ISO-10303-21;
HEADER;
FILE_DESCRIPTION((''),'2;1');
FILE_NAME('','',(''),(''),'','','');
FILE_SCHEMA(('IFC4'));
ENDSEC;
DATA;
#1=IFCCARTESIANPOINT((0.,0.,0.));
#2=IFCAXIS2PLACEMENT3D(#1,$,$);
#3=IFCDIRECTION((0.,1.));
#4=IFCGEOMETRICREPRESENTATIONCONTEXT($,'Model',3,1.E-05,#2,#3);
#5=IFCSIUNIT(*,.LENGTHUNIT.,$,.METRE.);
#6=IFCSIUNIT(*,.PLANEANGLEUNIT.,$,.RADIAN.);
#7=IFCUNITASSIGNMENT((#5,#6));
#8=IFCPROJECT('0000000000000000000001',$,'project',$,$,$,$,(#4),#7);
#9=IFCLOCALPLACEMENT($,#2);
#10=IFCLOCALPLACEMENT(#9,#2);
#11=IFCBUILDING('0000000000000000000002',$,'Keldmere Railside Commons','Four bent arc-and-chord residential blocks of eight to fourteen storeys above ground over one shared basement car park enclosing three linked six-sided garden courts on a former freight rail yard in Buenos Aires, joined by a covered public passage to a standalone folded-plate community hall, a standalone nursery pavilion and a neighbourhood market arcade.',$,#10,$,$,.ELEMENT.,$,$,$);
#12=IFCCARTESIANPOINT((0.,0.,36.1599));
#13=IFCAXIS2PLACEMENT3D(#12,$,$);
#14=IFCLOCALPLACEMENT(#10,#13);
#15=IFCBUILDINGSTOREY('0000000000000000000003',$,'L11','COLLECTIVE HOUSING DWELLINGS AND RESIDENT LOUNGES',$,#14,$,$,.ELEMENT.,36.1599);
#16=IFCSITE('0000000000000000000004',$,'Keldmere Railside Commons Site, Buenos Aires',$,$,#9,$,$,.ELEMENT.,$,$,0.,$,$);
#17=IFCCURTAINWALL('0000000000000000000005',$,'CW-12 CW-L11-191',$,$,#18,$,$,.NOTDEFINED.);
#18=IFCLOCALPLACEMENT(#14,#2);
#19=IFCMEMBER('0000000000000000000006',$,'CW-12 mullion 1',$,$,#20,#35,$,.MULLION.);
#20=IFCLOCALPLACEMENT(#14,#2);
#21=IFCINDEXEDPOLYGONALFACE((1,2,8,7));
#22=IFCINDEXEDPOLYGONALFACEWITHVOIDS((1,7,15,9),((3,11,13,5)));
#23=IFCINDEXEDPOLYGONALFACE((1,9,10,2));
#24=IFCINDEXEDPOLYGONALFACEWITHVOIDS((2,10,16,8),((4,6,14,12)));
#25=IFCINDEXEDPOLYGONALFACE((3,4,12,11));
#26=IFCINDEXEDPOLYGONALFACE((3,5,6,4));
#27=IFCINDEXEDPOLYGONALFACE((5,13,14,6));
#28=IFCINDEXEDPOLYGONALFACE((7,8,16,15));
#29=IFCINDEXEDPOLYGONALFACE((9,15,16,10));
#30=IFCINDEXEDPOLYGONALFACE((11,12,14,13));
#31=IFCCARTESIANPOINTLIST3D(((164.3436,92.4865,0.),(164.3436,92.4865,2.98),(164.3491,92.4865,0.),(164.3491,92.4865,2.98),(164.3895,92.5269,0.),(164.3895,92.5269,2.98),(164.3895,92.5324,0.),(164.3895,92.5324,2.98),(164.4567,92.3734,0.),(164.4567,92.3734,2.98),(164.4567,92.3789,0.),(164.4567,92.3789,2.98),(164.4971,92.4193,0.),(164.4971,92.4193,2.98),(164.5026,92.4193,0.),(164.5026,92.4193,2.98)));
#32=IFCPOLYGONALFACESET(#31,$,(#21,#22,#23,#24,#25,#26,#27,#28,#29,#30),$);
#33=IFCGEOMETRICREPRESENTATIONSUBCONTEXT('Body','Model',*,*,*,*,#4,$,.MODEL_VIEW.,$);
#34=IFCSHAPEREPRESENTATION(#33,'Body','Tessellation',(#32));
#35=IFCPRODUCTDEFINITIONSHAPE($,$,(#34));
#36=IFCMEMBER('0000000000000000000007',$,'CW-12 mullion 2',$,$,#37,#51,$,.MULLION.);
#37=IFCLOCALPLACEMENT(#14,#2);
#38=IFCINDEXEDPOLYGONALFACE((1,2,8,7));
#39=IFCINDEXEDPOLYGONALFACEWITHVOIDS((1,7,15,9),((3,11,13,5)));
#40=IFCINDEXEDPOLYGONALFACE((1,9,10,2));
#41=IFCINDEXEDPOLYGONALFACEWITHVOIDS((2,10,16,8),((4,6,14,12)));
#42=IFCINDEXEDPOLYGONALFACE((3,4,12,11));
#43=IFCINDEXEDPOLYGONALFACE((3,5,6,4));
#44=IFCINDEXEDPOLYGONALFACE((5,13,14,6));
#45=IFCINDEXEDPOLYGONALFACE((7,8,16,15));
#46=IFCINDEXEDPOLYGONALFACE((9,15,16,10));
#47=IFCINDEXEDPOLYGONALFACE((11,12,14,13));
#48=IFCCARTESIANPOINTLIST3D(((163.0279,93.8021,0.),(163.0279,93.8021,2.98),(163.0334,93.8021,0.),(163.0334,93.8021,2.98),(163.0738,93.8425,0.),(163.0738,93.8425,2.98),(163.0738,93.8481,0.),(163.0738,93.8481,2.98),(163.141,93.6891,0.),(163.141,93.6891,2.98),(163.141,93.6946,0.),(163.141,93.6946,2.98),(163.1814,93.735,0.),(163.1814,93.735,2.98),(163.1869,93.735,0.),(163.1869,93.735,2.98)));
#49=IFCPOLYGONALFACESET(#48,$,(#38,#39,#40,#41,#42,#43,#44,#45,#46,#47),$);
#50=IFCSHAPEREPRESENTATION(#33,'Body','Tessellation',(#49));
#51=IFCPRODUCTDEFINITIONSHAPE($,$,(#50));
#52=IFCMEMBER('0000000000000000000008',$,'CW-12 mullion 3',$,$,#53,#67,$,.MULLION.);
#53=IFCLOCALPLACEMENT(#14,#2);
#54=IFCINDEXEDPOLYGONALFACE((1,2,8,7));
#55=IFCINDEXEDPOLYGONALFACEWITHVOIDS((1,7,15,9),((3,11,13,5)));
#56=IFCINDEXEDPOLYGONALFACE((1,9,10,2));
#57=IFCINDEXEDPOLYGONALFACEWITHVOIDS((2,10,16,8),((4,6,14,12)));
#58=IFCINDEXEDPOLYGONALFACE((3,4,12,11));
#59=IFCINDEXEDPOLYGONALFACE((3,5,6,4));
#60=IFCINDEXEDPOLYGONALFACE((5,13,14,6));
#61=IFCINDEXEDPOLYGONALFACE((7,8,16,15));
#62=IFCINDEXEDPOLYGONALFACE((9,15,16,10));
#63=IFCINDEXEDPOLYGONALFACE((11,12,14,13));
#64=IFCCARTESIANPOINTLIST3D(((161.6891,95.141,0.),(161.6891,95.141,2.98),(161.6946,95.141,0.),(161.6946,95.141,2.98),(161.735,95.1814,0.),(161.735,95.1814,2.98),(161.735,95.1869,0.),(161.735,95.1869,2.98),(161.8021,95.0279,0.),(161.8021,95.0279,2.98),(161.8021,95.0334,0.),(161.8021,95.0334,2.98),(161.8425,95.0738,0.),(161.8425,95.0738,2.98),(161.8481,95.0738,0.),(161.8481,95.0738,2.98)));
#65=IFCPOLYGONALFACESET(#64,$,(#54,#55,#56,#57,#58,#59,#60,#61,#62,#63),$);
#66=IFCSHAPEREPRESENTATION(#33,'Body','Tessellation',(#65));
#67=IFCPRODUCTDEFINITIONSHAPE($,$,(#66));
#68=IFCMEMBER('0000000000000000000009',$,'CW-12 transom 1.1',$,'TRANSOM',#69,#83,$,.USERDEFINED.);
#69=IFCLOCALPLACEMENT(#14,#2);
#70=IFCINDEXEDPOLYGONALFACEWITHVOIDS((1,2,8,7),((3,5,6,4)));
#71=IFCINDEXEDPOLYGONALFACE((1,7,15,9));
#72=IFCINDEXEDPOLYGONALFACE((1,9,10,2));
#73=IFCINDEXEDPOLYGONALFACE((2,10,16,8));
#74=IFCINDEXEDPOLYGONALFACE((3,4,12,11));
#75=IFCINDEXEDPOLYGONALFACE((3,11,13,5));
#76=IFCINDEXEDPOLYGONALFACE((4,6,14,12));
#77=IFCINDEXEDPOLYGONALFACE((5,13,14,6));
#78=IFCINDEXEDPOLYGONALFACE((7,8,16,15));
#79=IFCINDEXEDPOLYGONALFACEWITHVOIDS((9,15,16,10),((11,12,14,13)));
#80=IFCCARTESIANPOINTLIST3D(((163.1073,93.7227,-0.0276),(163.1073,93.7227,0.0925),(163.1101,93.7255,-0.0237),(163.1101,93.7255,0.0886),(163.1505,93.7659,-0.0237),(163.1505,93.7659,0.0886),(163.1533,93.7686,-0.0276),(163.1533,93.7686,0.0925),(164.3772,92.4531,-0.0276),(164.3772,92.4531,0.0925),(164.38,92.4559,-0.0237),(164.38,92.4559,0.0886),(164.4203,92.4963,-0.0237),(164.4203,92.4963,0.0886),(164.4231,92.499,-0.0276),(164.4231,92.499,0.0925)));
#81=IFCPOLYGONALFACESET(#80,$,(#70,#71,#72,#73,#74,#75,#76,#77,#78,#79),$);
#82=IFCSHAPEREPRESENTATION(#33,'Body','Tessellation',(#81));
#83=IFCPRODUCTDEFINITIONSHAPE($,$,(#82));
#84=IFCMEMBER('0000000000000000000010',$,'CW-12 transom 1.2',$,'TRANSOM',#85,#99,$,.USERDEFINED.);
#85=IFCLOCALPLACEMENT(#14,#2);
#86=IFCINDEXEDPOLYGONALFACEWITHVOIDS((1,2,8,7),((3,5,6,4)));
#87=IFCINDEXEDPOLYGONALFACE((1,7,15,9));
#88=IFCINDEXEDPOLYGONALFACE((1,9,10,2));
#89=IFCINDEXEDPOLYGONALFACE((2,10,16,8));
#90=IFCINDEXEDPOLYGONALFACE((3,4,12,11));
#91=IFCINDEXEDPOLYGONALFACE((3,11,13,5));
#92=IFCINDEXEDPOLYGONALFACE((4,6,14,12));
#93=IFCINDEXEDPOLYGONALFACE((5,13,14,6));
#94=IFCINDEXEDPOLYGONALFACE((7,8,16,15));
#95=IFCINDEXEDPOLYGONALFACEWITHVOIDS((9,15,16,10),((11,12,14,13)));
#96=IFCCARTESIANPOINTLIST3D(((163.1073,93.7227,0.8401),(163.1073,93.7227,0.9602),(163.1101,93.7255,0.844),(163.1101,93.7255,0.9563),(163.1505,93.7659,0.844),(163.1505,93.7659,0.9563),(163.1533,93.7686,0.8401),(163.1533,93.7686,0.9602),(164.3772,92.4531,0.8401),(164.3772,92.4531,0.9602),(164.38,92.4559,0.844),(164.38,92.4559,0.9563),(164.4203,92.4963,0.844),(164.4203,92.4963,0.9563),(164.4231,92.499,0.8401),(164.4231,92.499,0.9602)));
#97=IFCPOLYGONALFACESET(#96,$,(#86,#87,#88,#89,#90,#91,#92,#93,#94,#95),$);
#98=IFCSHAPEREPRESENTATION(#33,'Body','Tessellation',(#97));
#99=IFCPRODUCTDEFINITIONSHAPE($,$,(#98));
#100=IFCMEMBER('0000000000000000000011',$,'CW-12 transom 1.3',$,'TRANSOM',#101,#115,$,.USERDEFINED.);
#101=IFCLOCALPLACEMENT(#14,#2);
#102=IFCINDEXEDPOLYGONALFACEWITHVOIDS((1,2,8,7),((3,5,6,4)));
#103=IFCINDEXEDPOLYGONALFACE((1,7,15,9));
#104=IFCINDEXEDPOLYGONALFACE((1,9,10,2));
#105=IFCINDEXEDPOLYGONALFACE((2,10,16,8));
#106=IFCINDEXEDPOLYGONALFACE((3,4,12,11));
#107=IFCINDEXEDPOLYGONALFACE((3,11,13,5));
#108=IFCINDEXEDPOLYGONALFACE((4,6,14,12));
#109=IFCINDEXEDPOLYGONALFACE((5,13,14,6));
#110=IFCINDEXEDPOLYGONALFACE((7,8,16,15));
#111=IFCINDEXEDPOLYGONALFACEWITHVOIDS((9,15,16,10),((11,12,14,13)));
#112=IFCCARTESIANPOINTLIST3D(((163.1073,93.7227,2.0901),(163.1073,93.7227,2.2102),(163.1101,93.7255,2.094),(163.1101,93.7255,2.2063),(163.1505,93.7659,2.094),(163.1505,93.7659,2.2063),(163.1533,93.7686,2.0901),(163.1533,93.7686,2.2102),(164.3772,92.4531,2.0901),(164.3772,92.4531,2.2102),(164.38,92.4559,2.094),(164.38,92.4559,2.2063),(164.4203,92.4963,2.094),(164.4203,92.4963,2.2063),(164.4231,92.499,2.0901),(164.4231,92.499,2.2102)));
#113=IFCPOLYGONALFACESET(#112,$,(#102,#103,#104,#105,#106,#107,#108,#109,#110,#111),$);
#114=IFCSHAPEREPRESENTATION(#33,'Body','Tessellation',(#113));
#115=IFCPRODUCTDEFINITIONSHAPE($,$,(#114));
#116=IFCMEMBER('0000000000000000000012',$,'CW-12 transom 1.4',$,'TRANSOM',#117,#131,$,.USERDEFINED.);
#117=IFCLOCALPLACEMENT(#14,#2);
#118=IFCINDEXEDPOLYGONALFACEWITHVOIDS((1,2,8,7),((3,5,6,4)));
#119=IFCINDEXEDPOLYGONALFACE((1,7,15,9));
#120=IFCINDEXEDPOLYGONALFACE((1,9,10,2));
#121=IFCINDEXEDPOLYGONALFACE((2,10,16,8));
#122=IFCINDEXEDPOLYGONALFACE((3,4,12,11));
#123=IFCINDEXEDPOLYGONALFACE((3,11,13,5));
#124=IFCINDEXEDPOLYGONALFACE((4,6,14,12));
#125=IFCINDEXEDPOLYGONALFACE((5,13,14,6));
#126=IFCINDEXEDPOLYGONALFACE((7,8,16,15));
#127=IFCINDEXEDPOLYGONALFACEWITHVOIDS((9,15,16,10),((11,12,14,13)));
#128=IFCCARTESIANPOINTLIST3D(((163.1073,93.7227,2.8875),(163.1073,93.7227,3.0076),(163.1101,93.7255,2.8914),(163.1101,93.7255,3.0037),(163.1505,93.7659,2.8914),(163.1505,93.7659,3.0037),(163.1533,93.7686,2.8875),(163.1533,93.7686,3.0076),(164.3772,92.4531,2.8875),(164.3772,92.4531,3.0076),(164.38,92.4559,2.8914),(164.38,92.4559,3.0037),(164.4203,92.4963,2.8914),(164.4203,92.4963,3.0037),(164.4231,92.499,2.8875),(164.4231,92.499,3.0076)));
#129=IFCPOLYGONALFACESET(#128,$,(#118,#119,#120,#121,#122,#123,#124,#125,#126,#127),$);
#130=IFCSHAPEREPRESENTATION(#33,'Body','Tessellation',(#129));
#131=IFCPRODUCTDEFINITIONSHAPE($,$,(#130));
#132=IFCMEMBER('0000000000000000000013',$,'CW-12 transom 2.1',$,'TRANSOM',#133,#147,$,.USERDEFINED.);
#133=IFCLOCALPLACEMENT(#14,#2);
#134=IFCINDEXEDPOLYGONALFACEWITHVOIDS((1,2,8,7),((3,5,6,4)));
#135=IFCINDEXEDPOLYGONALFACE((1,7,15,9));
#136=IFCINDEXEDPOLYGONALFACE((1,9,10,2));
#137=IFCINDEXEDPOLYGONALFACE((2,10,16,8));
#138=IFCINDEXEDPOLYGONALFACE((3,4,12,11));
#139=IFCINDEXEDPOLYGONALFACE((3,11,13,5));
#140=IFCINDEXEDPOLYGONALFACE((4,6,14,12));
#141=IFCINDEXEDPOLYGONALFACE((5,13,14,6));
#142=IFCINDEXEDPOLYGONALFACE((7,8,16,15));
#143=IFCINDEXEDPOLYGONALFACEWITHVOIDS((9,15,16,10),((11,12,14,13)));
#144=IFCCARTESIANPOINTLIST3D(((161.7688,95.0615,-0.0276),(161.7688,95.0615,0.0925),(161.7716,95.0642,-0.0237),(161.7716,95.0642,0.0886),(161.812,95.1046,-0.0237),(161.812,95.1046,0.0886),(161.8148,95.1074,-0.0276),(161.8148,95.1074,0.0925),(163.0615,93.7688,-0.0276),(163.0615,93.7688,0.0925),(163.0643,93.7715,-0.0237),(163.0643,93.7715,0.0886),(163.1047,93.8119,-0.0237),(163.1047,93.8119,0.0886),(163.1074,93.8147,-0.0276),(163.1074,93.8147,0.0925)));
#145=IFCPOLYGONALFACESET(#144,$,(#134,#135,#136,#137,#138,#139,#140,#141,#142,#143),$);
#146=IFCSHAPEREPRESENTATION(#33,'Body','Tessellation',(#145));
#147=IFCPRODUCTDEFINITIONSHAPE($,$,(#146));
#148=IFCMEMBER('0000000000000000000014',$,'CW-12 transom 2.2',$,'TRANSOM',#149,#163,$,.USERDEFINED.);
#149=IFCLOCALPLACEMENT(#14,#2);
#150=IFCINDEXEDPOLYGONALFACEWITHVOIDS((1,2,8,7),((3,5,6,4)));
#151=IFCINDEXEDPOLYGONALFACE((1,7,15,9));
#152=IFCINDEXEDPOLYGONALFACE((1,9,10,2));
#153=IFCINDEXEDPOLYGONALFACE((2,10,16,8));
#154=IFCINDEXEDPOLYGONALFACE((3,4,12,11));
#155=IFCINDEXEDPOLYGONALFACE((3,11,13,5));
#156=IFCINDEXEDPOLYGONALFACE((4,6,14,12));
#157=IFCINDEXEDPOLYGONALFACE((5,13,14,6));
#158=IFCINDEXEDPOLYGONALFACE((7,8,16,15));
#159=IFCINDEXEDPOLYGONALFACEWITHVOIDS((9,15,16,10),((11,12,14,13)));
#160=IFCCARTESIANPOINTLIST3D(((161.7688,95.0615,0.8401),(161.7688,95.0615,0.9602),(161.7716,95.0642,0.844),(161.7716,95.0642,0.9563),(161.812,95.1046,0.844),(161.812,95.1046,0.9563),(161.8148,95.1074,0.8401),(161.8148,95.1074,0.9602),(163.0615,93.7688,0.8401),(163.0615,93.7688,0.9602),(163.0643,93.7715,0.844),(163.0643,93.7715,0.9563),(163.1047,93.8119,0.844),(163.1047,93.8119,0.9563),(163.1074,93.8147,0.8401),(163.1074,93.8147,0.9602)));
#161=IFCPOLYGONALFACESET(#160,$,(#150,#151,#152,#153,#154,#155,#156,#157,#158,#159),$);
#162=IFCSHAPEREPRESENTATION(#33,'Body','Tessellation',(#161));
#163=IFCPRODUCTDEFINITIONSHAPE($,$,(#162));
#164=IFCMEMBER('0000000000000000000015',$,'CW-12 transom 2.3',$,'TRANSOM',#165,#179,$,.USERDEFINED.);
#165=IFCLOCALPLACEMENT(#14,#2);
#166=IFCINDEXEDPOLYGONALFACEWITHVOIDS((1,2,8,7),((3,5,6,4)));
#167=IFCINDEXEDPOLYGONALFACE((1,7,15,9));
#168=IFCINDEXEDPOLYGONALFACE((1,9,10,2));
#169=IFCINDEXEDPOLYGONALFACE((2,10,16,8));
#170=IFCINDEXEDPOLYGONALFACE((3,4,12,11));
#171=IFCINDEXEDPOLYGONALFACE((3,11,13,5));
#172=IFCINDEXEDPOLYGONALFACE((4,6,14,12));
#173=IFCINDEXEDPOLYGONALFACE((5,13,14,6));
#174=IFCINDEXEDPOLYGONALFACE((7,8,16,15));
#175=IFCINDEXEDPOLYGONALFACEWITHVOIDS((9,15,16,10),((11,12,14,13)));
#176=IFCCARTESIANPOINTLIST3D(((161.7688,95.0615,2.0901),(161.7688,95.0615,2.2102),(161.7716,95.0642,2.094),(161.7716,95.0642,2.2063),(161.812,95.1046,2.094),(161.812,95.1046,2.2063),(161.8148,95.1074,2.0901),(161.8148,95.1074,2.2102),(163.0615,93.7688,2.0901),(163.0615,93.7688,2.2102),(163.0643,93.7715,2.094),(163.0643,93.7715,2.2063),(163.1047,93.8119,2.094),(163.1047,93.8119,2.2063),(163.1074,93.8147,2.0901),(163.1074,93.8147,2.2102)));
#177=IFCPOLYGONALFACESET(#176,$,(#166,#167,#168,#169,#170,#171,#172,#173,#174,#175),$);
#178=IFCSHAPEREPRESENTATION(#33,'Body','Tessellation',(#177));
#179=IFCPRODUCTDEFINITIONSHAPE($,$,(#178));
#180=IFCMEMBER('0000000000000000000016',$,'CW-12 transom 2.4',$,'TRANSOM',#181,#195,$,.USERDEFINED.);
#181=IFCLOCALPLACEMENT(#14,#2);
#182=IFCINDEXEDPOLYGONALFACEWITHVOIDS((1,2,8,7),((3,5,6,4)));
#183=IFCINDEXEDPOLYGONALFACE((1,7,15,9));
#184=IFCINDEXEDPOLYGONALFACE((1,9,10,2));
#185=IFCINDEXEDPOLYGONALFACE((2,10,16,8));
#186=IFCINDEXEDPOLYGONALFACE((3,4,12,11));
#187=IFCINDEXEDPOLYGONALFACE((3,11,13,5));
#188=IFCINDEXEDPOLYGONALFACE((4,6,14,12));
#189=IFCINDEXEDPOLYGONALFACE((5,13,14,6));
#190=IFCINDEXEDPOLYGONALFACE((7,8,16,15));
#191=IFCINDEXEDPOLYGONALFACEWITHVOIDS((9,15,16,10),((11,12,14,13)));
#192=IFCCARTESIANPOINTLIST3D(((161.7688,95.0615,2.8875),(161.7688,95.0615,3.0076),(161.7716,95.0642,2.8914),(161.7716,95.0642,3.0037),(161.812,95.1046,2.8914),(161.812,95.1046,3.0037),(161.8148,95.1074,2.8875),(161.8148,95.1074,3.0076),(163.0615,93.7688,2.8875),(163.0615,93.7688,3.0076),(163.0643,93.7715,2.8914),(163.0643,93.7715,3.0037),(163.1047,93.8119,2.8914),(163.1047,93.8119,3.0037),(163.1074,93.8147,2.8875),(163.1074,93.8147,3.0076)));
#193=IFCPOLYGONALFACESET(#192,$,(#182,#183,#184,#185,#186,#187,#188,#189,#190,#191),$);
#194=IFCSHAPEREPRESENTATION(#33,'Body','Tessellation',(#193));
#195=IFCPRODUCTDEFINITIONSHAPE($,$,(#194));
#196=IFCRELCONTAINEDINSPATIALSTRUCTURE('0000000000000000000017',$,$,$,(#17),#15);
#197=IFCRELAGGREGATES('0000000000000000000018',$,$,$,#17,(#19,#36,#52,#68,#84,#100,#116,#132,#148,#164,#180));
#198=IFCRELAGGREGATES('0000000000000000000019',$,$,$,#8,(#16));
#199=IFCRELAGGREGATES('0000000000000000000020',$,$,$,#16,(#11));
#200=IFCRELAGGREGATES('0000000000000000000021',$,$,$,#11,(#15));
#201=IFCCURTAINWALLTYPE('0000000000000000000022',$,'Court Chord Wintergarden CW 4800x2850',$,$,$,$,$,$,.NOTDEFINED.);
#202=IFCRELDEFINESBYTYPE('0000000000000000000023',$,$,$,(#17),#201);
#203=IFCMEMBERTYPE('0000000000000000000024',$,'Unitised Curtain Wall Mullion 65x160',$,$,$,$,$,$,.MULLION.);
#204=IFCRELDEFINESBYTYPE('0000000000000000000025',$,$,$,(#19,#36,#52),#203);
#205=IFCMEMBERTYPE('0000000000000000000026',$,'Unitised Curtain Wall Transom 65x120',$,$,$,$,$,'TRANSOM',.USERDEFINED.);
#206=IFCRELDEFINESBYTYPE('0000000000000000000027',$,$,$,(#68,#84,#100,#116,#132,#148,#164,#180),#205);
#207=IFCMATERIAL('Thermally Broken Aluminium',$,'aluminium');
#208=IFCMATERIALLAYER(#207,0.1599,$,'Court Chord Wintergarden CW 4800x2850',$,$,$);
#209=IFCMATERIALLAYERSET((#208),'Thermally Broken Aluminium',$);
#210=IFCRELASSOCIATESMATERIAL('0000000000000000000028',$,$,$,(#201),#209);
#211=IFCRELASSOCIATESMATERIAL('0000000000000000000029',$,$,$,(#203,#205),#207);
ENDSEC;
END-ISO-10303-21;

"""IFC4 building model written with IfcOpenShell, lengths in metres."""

from ifc_helpers import new_model, si_unit, direction, frame, origin, origin_2d, place, context, subcontext, project, spatial, hollow_rectangle, extrude, material, layer, layer_set, material_profile, profile_set, type_object, element, aggregate, save


model = new_model("IFC4")

# Units and contexts
model_context = context("Model", 3, precision=1e-05, world=origin(), true_north=direction((0.0, 1.0)))
body_context = subcontext(model_context, "Body", "Model", "MODEL_VIEW")
ifc_project = project(units=[si_unit("LENGTHUNIT", "METRE"), si_unit("PLANEANGLEUNIT", "RADIAN")], contexts=[model_context])

# Site, building, storey
site_placement = place(None, origin())
site = spatial("IfcSite", under=ifc_project, at=site_placement, Name="Keldmere Railside Commons Site, Buenos Aires", CompositionType="ELEMENT", RefElevation=0.0)
building_placement = place(site_placement, origin())
building = spatial("IfcBuilding", under=site, at=building_placement, Name="Keldmere Railside Commons", Description="Four bent arc-and-chord residential blocks of eight to fourteen storeys above ground over one shared basement car park enclosing three linked six-sided garden courts on a former freight rail yard in Buenos Aires, joined by a covered public passage to a standalone folded-plate community hall, a standalone nursery pavilion and a neighbourhood market arcade.", CompositionType="ELEMENT")
storey_placement = place(building_placement, frame((0.0, 0.0, 36.1599)))
storey = spatial("IfcBuildingStorey", under=building, at=storey_placement, Name="L11", Description="COLLECTIVE HOUSING DWELLINGS AND RESIDENT LOUNGES", CompositionType="ELEMENT", Elevation=36.1599)

# Curtain wall, members
ifc_material_1 = material(Name="Thermally Broken Aluminium", Category="aluminium")
ifc_layer_1 = layer(ifc_material_1, 0.1599, Name="Court Chord Wintergarden CW 4800x2850")
ifc_layer_set_1 = layer_set([ifc_layer_1], Name="Thermally Broken Aluminium")
curtain_wall_type = type_object("IfcCurtainWallType", Name="Court Chord Wintergarden CW 4800x2850", PredefinedType="NOTDEFINED", material=ifc_layer_set_1)
curtain_wall_placement = place(storey_placement, origin())
curtain_wall = element("IfcCurtainWall", 1, at=curtain_wall_placement, inside=storey, type_object=curtain_wall_type, Name="CW-12 CW-L11-191", PredefinedType="NOTDEFINED")
ifc_material_profile_1 = material_profile(ifc_material_1, hollow_rectangle(XDim=0.0649, YDim=0.1599, WallThickness=0.0039, at=origin_2d()), Name="ALU-MULL-65x160")
ifc_profile_set_1 = profile_set([ifc_material_profile_1], Name="Thermally Broken Aluminium")
member_type_1 = type_object("IfcMemberType", Name="Unitised Curtain Wall Mullion 65x160", PredefinedType="MULLION", material=ifc_profile_set_1)
member_1_placement = place(storey_placement, frame((164.4231, 92.4529, 0.0), z_axis=(0.0, 0.0, 1.0), x_axis=(-0.707107, -0.707107, 0.0)))
member_1 = element("IfcMember", 2, at=member_1_placement, type_object=member_type_1, Name="CW-12 mullion 1", PredefinedType="MULLION", context=body_context, shape_type="SweptSolid", body=[
    extrude(hollow_rectangle(XDim=0.0649, YDim=0.1599, WallThickness=0.0039, at=origin_2d()), origin(), (0.0, 0.0, 1.0), 2.98),
])
member_2_placement = place(storey_placement, frame((163.1074, 93.7686, 0.0), z_axis=(0.0, 0.0, 1.0), x_axis=(-0.707107, -0.707107, 0.0)))
member_2 = element("IfcMember", 3, at=member_2_placement, type_object=member_type_1, Name="CW-12 mullion 2", PredefinedType="MULLION", context=body_context, shape_type="SweptSolid", body=[
    extrude(hollow_rectangle(XDim=0.0649, YDim=0.1599, WallThickness=0.0039, at=origin_2d()), origin(), (0.0, 0.0, 1.0), 2.98),
])
member_3_placement = place(storey_placement, frame((161.7686, 95.1074, 0.0), z_axis=(0.0, 0.0, 1.0), x_axis=(-0.707107, -0.707107, 0.0)))
member_3 = element("IfcMember", 4, at=member_3_placement, type_object=member_type_1, Name="CW-12 mullion 3", PredefinedType="MULLION", context=body_context, shape_type="SweptSolid", body=[
    extrude(hollow_rectangle(XDim=0.0649, YDim=0.1599, WallThickness=0.0039, at=origin_2d()), origin(), (0.0, 0.0, 1.0), 2.98),
])
ifc_material_profile_2 = material_profile(ifc_material_1, hollow_rectangle(XDim=0.0649, YDim=0.1201, WallThickness=0.0039, at=origin_2d()), Name="ALU-TRAN-65x120")
ifc_profile_set_2 = profile_set([ifc_material_profile_2], Name="Thermally Broken Aluminium")
member_type_2 = type_object("IfcMemberType", Name="Unitised Curtain Wall Transom 65x120", ElementType="TRANSOM", PredefinedType="USERDEFINED", material=ifc_profile_set_2)
member_4_placement = place(storey_placement, frame((164.4001, 92.4761, 0.0325), z_axis=(-0.707175, 0.707039, 0.0), x_axis=(-0.707039, -0.707175, 0.0)))
member_4 = element("IfcMember", 5, at=member_4_placement, type_object=member_type_2, Name="CW-12 transom 1.1", ObjectType="TRANSOM", PredefinedType="USERDEFINED", context=body_context, shape_type="SweptSolid", body=[
    extrude(hollow_rectangle(XDim=0.0649, YDim=0.1201, WallThickness=0.0039, at=origin_2d()), origin(), (0.0, 0.0, 1.0), 1.7957),
])
member_5_placement = place(storey_placement, frame((164.4001, 92.4761, 0.9001), z_axis=(-0.707175, 0.707039, 0.0), x_axis=(-0.707039, -0.707175, 0.0)))
member_5 = element("IfcMember", 6, at=member_5_placement, type_object=member_type_2, Name="CW-12 transom 1.2", ObjectType="TRANSOM", PredefinedType="USERDEFINED", context=body_context, shape_type="SweptSolid", body=[
    extrude(hollow_rectangle(XDim=0.0649, YDim=0.1201, WallThickness=0.0039, at=origin_2d()), origin(), (0.0, 0.0, 1.0), 1.7957),
])
member_6_placement = place(storey_placement, frame((164.4001, 92.4761, 2.1501), z_axis=(-0.707175, 0.707039, 0.0), x_axis=(-0.707039, -0.707175, 0.0)))
member_6 = element("IfcMember", 7, at=member_6_placement, type_object=member_type_2, Name="CW-12 transom 1.3", ObjectType="TRANSOM", PredefinedType="USERDEFINED", context=body_context, shape_type="SweptSolid", body=[
    extrude(hollow_rectangle(XDim=0.0649, YDim=0.1201, WallThickness=0.0039, at=origin_2d()), origin(), (0.0, 0.0, 1.0), 1.7957),
])
member_7_placement = place(storey_placement, frame((164.4001, 92.4761, 2.9475), z_axis=(-0.707175, 0.707039, 0.0), x_axis=(-0.707039, -0.707175, 0.0)))
member_7 = element("IfcMember", 8, at=member_7_placement, type_object=member_type_2, Name="CW-12 transom 1.4", ObjectType="TRANSOM", PredefinedType="USERDEFINED", context=body_context, shape_type="SweptSolid", body=[
    extrude(hollow_rectangle(XDim=0.0649, YDim=0.1201, WallThickness=0.0039, at=origin_2d()), origin(), (0.0, 0.0, 1.0), 1.7957),
])
member_8_placement = place(storey_placement, frame((163.0845, 93.7917, 0.0325), z_axis=(-0.707107, 0.707107, 0.0), x_axis=(-0.707107, -0.707107, 0.0)))
member_8 = element("IfcMember", 9, at=member_8_placement, type_object=member_type_2, Name="CW-12 transom 2.1", ObjectType="TRANSOM", PredefinedType="USERDEFINED", context=body_context, shape_type="SweptSolid", body=[
    extrude(hollow_rectangle(XDim=0.0649, YDim=0.1201, WallThickness=0.0039, at=origin_2d()), origin(), (0.0, 0.0, 1.0), 1.8281),
])
member_9_placement = place(storey_placement, frame((163.0845, 93.7917, 0.9001), z_axis=(-0.707107, 0.707107, 0.0), x_axis=(-0.707107, -0.707107, 0.0)))
member_9 = element("IfcMember", 10, at=member_9_placement, type_object=member_type_2, Name="CW-12 transom 2.2", ObjectType="TRANSOM", PredefinedType="USERDEFINED", context=body_context, shape_type="SweptSolid", body=[
    extrude(hollow_rectangle(XDim=0.0649, YDim=0.1201, WallThickness=0.0039, at=origin_2d()), origin(), (0.0, 0.0, 1.0), 1.8281),
])
member_10_placement = place(storey_placement, frame((163.0845, 93.7917, 2.1501), z_axis=(-0.707107, 0.707107, 0.0), x_axis=(-0.707107, -0.707107, 0.0)))
member_10 = element("IfcMember", 11, at=member_10_placement, type_object=member_type_2, Name="CW-12 transom 2.3", ObjectType="TRANSOM", PredefinedType="USERDEFINED", context=body_context, shape_type="SweptSolid", body=[
    extrude(hollow_rectangle(XDim=0.0649, YDim=0.1201, WallThickness=0.0039, at=origin_2d()), origin(), (0.0, 0.0, 1.0), 1.8281),
])
member_11_placement = place(storey_placement, frame((163.0845, 93.7917, 2.9475), z_axis=(-0.707107, 0.707107, 0.0), x_axis=(-0.707107, -0.707107, 0.0)))
member_11 = element("IfcMember", 12, at=member_11_placement, type_object=member_type_2, Name="CW-12 transom 2.4", ObjectType="TRANSOM", PredefinedType="USERDEFINED", context=body_context, shape_type="SweptSolid", body=[
    extrude(hollow_rectangle(XDim=0.0649, YDim=0.1201, WallThickness=0.0039, at=origin_2d()), origin(), (0.0, 0.0, 1.0), 1.8281),
])
aggregate(curtain_wall, [member_1, member_2, member_3, member_4, member_5, member_6, member_7, member_8, member_9, member_10, member_11])

save(model, "model.ifc")
